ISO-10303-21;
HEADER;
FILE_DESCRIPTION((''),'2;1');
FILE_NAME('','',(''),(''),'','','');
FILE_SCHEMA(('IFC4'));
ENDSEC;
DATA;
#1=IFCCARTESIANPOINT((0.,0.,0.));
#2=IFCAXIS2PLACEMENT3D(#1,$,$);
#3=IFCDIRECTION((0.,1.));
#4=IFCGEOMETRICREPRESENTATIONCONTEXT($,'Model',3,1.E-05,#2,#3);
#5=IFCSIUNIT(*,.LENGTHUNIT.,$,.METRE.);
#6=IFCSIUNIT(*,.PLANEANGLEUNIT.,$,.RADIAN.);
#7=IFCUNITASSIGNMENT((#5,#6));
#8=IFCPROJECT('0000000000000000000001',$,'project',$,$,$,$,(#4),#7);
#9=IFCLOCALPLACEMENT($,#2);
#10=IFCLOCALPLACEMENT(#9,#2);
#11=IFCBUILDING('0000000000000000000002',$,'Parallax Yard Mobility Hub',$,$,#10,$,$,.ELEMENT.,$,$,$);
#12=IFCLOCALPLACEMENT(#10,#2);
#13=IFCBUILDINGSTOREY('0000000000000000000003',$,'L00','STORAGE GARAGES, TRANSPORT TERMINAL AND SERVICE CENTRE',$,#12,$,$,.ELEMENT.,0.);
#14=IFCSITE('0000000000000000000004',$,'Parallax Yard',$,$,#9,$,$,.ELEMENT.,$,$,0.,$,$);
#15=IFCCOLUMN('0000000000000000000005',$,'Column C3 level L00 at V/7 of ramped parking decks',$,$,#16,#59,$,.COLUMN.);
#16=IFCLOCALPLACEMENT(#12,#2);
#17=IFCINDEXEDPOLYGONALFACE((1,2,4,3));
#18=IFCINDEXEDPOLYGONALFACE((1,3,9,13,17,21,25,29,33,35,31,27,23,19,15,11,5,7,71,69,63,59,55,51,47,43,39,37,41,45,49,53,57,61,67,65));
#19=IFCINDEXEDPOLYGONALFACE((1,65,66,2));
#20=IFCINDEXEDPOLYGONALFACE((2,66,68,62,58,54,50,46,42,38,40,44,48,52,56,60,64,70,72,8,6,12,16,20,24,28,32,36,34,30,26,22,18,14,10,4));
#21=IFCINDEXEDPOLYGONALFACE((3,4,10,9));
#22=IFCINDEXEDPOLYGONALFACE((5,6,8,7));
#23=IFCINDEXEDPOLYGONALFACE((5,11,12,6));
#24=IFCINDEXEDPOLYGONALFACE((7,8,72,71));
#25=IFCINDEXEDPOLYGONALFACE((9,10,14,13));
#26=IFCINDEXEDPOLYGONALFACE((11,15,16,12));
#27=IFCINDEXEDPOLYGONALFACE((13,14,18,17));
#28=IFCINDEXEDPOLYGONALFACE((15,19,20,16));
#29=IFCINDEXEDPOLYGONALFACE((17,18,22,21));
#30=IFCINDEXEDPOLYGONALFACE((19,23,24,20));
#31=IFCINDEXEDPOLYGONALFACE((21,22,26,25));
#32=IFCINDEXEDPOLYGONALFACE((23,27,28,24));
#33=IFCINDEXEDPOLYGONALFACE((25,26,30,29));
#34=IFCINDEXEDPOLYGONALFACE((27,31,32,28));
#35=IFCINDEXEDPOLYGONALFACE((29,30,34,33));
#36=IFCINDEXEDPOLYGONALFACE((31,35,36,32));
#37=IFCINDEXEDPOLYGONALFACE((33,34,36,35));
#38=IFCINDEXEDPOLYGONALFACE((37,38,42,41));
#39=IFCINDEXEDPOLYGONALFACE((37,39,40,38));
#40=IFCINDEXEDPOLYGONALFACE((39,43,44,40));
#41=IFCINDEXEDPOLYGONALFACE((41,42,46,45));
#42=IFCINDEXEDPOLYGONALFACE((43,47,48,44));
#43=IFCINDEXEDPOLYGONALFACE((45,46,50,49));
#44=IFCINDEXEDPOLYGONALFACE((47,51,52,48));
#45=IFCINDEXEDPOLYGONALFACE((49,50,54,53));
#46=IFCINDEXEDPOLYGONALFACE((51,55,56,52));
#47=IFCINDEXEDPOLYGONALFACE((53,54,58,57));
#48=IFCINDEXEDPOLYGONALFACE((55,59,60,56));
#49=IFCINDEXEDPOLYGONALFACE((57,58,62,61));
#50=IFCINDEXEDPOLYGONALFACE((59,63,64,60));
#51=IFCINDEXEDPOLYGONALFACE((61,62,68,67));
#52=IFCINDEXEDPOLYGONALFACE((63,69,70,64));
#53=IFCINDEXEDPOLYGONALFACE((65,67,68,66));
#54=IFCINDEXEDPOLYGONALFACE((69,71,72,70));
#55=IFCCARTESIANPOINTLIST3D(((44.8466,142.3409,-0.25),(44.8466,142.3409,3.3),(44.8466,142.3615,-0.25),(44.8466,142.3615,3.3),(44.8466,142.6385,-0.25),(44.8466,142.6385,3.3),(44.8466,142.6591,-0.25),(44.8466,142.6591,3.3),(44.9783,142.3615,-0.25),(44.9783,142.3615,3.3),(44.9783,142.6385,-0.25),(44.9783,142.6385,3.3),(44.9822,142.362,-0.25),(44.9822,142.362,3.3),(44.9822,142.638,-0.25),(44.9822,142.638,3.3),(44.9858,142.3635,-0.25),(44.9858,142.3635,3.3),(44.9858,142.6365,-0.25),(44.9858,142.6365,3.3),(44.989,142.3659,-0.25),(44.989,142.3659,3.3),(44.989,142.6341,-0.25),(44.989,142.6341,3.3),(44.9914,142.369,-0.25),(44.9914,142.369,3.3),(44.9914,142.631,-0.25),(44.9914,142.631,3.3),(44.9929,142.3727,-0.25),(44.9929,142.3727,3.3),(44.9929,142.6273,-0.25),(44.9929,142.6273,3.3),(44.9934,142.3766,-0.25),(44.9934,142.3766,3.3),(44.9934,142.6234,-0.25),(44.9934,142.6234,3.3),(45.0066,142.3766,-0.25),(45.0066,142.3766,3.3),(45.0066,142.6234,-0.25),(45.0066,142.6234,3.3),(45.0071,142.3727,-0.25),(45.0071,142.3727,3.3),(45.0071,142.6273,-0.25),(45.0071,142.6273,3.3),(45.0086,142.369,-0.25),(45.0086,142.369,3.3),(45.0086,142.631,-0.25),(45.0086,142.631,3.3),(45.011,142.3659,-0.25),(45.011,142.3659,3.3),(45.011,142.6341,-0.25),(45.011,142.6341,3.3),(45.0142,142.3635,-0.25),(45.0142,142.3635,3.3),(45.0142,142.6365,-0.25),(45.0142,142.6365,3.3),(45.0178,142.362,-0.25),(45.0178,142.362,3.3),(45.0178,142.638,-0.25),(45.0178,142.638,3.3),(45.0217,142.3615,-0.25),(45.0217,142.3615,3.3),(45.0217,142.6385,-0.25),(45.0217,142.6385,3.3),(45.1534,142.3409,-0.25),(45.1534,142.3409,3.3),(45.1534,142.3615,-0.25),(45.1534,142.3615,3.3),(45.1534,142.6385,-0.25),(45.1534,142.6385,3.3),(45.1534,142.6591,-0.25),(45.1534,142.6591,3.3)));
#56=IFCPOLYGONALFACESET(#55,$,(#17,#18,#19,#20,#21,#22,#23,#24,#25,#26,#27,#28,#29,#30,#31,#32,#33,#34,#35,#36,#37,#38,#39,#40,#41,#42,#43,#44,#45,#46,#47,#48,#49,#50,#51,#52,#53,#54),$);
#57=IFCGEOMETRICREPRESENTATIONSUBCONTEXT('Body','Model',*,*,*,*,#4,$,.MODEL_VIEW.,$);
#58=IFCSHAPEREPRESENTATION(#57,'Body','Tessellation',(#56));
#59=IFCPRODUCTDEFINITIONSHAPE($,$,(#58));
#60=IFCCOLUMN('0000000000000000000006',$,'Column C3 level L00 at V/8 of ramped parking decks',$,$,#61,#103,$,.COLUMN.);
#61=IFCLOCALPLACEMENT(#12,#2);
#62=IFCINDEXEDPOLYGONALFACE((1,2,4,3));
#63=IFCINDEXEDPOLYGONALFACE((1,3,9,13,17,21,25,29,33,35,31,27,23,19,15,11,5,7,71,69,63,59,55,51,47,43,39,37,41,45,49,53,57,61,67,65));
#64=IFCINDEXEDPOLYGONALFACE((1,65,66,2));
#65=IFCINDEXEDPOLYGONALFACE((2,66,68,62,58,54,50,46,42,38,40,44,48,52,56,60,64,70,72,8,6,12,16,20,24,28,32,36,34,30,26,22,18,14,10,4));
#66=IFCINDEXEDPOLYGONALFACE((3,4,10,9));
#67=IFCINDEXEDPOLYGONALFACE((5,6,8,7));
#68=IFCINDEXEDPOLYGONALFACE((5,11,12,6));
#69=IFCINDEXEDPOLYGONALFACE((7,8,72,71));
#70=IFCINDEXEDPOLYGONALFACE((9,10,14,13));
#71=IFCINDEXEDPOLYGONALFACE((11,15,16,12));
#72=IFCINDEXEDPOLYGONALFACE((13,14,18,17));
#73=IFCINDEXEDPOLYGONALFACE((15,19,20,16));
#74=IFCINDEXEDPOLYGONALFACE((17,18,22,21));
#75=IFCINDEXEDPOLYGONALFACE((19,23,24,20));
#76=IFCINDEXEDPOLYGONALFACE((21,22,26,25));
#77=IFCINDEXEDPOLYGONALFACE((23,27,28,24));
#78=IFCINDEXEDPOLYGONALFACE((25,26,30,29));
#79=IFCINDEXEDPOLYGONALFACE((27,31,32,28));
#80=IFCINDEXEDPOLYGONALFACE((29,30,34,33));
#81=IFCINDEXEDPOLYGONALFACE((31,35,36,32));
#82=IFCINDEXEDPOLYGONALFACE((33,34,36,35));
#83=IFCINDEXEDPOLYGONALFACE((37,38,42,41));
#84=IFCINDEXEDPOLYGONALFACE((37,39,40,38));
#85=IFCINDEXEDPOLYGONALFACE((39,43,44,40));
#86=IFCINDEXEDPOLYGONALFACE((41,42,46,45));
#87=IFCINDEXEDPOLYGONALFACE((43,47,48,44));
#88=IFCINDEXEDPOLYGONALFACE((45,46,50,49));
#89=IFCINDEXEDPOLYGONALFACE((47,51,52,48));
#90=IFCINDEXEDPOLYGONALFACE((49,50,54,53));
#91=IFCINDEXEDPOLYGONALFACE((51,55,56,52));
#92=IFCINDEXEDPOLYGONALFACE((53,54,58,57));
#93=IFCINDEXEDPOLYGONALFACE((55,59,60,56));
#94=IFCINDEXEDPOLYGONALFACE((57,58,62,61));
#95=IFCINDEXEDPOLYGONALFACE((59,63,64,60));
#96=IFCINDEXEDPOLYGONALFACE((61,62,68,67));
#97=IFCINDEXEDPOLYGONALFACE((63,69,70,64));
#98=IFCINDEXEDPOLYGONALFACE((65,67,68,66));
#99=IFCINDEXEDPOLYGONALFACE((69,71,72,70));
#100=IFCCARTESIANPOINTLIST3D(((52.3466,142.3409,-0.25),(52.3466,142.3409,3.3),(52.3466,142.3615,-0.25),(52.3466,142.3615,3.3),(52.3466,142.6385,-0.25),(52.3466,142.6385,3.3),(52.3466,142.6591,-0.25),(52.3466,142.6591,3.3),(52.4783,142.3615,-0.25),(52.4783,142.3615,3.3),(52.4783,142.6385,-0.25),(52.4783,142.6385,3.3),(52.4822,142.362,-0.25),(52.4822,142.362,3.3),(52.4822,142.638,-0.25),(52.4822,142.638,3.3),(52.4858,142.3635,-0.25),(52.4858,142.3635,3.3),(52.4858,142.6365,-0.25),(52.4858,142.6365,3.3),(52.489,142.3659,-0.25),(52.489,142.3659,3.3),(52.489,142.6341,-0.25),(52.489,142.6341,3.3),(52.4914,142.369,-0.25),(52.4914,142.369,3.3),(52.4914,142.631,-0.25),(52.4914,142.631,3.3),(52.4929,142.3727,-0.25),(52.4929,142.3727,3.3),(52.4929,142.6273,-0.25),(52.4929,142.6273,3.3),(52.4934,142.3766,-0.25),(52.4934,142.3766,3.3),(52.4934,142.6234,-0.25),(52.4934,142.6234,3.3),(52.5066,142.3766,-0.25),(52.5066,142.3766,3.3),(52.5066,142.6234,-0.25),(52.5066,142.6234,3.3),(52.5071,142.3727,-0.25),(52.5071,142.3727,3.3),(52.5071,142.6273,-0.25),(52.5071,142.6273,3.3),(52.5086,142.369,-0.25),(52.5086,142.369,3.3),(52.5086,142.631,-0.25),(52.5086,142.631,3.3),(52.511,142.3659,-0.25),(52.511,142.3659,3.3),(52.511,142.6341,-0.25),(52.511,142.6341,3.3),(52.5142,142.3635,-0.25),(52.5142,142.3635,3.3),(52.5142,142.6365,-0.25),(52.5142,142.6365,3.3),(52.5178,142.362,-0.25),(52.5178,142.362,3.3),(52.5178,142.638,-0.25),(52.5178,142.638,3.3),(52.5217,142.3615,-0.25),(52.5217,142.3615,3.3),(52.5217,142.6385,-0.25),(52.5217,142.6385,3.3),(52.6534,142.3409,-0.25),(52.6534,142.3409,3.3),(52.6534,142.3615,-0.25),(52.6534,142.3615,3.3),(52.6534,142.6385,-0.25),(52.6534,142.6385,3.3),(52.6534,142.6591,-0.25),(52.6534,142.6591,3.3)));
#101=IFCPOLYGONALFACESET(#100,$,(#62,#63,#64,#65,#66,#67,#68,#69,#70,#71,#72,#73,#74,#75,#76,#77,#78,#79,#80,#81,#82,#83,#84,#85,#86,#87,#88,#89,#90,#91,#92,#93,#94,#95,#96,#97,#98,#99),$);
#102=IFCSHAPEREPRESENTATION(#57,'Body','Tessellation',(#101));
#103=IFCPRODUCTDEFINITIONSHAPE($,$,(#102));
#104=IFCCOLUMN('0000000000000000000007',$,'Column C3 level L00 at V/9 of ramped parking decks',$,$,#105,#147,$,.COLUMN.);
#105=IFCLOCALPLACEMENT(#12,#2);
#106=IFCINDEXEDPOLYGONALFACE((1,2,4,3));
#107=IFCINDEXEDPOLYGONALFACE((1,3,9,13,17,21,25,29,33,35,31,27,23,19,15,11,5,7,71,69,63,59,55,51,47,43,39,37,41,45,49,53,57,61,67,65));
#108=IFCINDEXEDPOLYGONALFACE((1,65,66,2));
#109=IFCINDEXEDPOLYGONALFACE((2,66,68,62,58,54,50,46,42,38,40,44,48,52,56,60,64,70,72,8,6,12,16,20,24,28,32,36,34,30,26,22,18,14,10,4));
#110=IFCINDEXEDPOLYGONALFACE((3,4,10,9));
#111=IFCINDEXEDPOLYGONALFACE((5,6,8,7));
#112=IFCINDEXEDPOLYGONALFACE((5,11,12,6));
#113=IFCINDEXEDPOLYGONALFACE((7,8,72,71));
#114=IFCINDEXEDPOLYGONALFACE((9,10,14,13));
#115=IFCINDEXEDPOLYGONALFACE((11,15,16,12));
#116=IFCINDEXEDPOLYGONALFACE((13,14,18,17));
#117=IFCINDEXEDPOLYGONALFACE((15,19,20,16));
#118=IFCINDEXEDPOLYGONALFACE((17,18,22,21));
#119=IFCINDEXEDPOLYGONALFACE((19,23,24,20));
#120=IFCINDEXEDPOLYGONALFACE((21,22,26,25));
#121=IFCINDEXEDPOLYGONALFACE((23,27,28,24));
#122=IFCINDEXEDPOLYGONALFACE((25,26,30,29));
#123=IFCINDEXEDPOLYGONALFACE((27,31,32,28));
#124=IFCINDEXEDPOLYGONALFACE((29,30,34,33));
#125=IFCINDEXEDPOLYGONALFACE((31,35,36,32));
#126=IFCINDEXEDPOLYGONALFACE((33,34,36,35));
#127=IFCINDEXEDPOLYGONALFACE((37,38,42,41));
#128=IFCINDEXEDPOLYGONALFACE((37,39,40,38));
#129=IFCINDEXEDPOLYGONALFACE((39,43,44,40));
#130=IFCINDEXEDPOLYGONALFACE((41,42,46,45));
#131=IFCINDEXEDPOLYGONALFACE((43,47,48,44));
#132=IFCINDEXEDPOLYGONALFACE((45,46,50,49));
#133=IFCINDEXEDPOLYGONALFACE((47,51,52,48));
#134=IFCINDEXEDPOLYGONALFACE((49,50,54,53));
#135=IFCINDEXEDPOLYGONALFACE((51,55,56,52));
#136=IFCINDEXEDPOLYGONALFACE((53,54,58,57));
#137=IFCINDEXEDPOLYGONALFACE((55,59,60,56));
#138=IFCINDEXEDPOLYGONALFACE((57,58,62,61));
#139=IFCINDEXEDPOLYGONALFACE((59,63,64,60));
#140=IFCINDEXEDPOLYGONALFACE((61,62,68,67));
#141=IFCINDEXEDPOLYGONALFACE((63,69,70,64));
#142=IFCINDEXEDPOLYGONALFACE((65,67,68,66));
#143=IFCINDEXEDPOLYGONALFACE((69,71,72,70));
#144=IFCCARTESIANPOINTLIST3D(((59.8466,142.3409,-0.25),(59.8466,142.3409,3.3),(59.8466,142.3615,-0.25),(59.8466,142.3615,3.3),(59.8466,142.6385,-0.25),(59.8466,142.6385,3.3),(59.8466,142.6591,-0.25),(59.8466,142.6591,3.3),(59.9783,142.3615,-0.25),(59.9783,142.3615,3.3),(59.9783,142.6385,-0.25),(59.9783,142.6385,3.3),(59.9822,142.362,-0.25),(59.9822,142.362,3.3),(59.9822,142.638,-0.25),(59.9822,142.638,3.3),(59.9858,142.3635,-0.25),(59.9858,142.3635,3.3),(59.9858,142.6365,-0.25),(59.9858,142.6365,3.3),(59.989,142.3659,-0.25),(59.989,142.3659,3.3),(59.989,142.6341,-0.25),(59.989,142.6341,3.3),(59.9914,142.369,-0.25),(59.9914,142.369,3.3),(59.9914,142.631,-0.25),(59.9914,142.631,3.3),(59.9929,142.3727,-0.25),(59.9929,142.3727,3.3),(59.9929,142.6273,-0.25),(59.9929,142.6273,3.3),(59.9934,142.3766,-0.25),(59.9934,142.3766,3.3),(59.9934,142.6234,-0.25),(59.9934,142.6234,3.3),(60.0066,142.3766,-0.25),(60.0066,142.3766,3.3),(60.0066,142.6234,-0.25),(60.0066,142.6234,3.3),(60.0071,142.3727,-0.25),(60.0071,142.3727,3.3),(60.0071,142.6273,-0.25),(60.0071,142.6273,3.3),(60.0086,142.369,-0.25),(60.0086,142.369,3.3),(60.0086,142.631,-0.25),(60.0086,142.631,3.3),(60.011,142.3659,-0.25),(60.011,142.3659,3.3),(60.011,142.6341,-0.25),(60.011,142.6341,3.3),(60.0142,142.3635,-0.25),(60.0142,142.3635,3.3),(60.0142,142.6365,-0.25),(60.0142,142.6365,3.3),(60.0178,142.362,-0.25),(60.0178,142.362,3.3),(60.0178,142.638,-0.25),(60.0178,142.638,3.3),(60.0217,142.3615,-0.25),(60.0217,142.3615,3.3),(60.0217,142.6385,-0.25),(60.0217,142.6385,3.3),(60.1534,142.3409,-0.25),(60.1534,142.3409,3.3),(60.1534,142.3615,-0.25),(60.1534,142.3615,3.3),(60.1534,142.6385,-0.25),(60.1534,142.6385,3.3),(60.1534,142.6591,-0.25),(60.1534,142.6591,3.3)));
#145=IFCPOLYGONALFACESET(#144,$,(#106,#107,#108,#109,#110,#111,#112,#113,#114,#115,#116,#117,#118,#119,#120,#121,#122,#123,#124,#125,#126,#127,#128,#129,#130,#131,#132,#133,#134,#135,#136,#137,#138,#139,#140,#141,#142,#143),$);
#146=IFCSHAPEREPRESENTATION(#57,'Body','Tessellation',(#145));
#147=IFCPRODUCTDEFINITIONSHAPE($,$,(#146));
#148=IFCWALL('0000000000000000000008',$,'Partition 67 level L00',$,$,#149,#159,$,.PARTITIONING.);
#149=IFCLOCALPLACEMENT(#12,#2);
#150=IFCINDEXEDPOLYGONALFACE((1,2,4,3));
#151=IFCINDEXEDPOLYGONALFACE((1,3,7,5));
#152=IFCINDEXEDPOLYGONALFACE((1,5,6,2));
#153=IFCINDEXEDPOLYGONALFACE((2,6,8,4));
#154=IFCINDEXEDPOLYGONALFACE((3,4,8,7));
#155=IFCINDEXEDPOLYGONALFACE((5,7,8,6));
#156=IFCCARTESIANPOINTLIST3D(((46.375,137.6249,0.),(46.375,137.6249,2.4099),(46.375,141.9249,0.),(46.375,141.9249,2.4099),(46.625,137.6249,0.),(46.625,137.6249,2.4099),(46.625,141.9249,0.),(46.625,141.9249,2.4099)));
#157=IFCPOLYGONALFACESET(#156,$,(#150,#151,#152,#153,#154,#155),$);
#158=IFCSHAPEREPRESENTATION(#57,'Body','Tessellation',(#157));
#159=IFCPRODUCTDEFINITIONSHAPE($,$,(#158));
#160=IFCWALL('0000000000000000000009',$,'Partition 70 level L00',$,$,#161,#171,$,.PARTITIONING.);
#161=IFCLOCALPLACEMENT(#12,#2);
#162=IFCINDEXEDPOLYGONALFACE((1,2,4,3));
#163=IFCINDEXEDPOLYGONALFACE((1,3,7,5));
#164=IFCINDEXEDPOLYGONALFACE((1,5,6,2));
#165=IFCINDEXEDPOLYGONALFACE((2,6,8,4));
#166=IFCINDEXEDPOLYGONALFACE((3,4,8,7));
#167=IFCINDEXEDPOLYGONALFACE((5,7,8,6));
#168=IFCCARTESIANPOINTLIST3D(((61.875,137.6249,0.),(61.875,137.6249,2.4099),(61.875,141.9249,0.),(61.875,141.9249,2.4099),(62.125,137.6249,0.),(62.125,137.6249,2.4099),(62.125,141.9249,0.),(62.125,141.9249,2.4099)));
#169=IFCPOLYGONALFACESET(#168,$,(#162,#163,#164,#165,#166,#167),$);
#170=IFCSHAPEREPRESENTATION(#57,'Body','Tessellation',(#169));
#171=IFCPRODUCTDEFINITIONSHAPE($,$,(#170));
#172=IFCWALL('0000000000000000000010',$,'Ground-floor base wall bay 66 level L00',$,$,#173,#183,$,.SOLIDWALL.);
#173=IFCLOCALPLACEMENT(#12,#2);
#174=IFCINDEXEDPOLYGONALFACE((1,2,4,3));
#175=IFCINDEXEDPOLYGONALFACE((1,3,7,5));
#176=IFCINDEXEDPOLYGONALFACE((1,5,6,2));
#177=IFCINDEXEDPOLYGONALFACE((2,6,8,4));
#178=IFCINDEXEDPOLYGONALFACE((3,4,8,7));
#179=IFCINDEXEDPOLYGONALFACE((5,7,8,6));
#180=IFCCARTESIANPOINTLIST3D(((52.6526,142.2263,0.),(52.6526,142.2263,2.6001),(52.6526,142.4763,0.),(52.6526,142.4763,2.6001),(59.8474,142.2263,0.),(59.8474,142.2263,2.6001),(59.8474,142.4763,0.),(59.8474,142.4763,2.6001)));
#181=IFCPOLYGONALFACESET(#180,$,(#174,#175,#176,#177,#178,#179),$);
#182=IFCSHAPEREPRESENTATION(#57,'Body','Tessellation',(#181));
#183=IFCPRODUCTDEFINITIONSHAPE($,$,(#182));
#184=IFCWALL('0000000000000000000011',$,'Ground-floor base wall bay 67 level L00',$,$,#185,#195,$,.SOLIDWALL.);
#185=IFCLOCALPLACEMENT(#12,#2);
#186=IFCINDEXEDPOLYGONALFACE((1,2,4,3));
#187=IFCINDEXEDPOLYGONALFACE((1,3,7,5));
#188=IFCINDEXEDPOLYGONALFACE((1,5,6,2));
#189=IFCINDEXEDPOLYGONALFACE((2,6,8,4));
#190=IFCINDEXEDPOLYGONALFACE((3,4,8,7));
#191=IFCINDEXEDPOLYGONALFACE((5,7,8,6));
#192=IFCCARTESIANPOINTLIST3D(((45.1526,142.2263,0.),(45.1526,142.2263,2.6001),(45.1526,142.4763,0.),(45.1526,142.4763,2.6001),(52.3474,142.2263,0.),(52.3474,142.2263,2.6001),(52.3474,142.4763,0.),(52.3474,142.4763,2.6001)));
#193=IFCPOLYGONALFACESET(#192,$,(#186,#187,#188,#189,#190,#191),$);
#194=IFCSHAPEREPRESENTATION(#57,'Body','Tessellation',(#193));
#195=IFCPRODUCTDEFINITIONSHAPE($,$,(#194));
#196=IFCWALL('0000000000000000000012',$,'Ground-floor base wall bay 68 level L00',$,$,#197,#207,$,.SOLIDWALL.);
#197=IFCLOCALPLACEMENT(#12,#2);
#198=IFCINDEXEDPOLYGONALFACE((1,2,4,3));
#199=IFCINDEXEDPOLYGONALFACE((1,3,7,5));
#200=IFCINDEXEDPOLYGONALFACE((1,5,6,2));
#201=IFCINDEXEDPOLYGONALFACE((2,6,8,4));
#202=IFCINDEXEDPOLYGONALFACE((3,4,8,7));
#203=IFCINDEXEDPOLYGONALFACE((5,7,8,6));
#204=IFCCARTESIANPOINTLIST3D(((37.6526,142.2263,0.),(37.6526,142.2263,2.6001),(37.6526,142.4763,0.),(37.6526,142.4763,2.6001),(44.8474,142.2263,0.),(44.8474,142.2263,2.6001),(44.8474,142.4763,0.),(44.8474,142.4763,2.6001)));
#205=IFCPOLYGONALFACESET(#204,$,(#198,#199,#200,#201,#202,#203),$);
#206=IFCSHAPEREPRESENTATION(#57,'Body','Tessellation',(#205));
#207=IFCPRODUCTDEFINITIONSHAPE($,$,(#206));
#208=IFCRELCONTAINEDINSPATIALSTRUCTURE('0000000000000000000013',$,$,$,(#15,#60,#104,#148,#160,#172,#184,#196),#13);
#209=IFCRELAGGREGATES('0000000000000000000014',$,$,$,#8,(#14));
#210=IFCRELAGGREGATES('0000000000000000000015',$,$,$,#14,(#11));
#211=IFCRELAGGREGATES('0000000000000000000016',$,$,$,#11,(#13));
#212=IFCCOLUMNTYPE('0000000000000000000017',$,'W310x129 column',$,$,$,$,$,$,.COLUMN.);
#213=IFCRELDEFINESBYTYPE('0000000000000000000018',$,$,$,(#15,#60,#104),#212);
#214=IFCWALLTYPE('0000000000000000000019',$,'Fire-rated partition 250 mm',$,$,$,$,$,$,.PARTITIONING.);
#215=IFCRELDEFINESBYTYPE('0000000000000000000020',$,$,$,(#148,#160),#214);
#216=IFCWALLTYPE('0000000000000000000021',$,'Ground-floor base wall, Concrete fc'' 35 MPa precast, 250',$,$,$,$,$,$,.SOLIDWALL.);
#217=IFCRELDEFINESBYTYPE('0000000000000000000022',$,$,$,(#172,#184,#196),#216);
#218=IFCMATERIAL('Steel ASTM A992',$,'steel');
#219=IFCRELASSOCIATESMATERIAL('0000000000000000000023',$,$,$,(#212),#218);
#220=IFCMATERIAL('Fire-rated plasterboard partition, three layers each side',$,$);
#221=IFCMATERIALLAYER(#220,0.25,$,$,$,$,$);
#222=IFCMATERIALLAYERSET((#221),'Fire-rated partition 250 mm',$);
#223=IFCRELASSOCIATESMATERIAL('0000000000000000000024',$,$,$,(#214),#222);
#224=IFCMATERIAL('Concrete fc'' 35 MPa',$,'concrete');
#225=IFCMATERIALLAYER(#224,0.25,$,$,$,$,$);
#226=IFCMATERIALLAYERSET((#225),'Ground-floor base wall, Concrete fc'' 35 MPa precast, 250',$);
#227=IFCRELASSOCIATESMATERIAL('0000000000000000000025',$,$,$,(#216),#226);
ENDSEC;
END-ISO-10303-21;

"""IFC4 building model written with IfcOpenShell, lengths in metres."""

from ifc_helpers import new_model, si_unit, direction, frame, frame_2d, origin, origin_2d, place, context, subcontext, project, spatial, rectangle, i_section, extrude, material, layer, layer_set, material_profile, profile_set, type_object, element, save


model = new_model("IFC4")

# Units and contexts
model_context = context("Model", 3, precision=1e-05, world=origin(), true_north=direction((0.0, 1.0)))
body_context = subcontext(model_context, "Body", "Model", "MODEL_VIEW")
ifc_project = project(units=[si_unit("LENGTHUNIT", "METRE"), si_unit("PLANEANGLEUNIT", "RADIAN")], contexts=[model_context])

# Site, building, storey
site_placement = place(None, origin())
site = spatial("IfcSite", under=ifc_project, at=site_placement, Name="Parallax Yard", CompositionType="ELEMENT", RefElevation=0.0)
building_placement = place(site_placement, origin())
building = spatial("IfcBuilding", under=site, at=building_placement, Name="Parallax Yard Mobility Hub", CompositionType="ELEMENT")
storey_placement = place(building_placement, origin())
storey = spatial("IfcBuildingStorey", under=building, at=storey_placement, Name="L00", Description="STORAGE GARAGES, TRANSPORT TERMINAL AND SERVICE CENTRE", CompositionType="ELEMENT", Elevation=0.0)

# Columns
ifc_material_1 = material(Name="Steel ASTM A992", Category="steel")
ifc_material_profile_1 = material_profile(ifc_material_1, i_section(OverallWidth=0.3069, OverallDepth=0.3181, WebThickness=0.0132, FlangeThickness=0.0205, FilletRadius=0.0151, at=origin_2d()), Name="W310x129")
ifc_profile_set_1 = profile_set([ifc_material_profile_1], Name="Steel ASTM A992")
column_type = type_object("IfcColumnType", Name="W310x129 column", PredefinedType="COLUMN", material=ifc_profile_set_1)
for number, where, z_axis, x_axis, name in (
    (1, (45.0, 142.5, -0.25), (0.0, 0.0, 1.0), (1.0, 0.0, 0.0), "Column C3 level L00 at V/7 of ramped parking decks"),
    (2, (52.5, 142.5, -0.25), (0.0, 0.0, 1.0), (1.0, 0.0, 0.0), "Column C3 level L00 at V/8 of ramped parking decks"),
    (3, (60.0, 142.5, -0.25), (0.0, 0.0, 1.0), (1.0, 0.0, 0.0), "Column C3 level L00 at V/9 of ramped parking decks"),
):
    element("IfcColumn", number, at=place(storey_placement, frame(where, z_axis=z_axis, x_axis=x_axis)), inside=storey, type_object=column_type, Name=name, PredefinedType="COLUMN", context=body_context, shape_type="SweptSolid", body=[
        extrude(i_section(OverallWidth=0.3069, OverallDepth=0.3181, WebThickness=0.0132, FlangeThickness=0.0205, FilletRadius=0.0151, at=origin_2d()), origin(), (0.0, 0.0, 1.0), 3.55),
    ])

# Walls
ifc_material_2 = material(Name="Fire-rated plasterboard partition, three layers each side")
ifc_layer_1 = layer(ifc_material_2, 0.25)
ifc_layer_set_1 = layer_set([ifc_layer_1], Name="Fire-rated partition 250 mm")
wall_type_1 = type_object("IfcWallType", Name="Fire-rated partition 250 mm", PredefinedType="PARTITIONING", material=ifc_layer_set_1)
for number, where, z_axis, x_axis, name in (
    (4, (46.5, 137.625, 0.0), (0.0, 0.0, 1.0), (0.0, 1.0, 0.0), "Partition 67 level L00"),
    (5, (62.0, 137.625, 0.0), (0.0, 0.0, 1.0), (0.0, 1.0, 0.0), "Partition 70 level L00"),
):
    element("IfcWall", number, at=place(storey_placement, frame(where, z_axis=z_axis, x_axis=x_axis)), inside=storey, type_object=wall_type_1, Name=name, PredefinedType="PARTITIONING", context=body_context, shape_type="SweptSolid", body=[
        extrude(rectangle(XDim=4.3, YDim=0.25, at=frame_2d((2.1499, 0.0))), origin(), (0.0, 0.0, 1.0), 2.4099),
    ])
ifc_material_3 = material(Name="Concrete fc' 35 MPa", Category="concrete")
ifc_layer_2 = layer(ifc_material_3, 0.25)
ifc_layer_set_2 = layer_set([ifc_layer_2], Name="Ground-floor base wall, Concrete fc' 35 MPa precast, 250")
wall_type_2 = type_object("IfcWallType", Name="Ground-floor base wall, Concrete fc' 35 MPa precast, 250", PredefinedType="SOLIDWALL", material=ifc_layer_set_2)
for number, where, z_axis, x_axis, name in (
    (6, (59.8474, 142.3513, 0.0), (0.0, 0.0, 1.0), (-1.0, 0.0, 0.0), "Ground-floor base wall bay 66 level L00"),
    (7, (52.3474, 142.3513, 0.0), (0.0, 0.0, 1.0), (-1.0, 0.0, 0.0), "Ground-floor base wall bay 67 level L00"),
    (8, (44.8474, 142.3513, 0.0), (0.0, 0.0, 1.0), (-1.0, 0.0, 0.0), "Ground-floor base wall bay 68 level L00"),
):
    element("IfcWall", number, at=place(storey_placement, frame(where, z_axis=z_axis, x_axis=x_axis)), inside=storey, type_object=wall_type_2, Name=name, PredefinedType="SOLIDWALL", context=body_context, shape_type="SweptSolid", body=[
        extrude(rectangle(XDim=7.1948, YDim=0.25, at=frame_2d((3.5974, 0.0))), origin(), (0.0, 0.0, 1.0), 2.6001),
    ])

save(model, "model.ifc")
